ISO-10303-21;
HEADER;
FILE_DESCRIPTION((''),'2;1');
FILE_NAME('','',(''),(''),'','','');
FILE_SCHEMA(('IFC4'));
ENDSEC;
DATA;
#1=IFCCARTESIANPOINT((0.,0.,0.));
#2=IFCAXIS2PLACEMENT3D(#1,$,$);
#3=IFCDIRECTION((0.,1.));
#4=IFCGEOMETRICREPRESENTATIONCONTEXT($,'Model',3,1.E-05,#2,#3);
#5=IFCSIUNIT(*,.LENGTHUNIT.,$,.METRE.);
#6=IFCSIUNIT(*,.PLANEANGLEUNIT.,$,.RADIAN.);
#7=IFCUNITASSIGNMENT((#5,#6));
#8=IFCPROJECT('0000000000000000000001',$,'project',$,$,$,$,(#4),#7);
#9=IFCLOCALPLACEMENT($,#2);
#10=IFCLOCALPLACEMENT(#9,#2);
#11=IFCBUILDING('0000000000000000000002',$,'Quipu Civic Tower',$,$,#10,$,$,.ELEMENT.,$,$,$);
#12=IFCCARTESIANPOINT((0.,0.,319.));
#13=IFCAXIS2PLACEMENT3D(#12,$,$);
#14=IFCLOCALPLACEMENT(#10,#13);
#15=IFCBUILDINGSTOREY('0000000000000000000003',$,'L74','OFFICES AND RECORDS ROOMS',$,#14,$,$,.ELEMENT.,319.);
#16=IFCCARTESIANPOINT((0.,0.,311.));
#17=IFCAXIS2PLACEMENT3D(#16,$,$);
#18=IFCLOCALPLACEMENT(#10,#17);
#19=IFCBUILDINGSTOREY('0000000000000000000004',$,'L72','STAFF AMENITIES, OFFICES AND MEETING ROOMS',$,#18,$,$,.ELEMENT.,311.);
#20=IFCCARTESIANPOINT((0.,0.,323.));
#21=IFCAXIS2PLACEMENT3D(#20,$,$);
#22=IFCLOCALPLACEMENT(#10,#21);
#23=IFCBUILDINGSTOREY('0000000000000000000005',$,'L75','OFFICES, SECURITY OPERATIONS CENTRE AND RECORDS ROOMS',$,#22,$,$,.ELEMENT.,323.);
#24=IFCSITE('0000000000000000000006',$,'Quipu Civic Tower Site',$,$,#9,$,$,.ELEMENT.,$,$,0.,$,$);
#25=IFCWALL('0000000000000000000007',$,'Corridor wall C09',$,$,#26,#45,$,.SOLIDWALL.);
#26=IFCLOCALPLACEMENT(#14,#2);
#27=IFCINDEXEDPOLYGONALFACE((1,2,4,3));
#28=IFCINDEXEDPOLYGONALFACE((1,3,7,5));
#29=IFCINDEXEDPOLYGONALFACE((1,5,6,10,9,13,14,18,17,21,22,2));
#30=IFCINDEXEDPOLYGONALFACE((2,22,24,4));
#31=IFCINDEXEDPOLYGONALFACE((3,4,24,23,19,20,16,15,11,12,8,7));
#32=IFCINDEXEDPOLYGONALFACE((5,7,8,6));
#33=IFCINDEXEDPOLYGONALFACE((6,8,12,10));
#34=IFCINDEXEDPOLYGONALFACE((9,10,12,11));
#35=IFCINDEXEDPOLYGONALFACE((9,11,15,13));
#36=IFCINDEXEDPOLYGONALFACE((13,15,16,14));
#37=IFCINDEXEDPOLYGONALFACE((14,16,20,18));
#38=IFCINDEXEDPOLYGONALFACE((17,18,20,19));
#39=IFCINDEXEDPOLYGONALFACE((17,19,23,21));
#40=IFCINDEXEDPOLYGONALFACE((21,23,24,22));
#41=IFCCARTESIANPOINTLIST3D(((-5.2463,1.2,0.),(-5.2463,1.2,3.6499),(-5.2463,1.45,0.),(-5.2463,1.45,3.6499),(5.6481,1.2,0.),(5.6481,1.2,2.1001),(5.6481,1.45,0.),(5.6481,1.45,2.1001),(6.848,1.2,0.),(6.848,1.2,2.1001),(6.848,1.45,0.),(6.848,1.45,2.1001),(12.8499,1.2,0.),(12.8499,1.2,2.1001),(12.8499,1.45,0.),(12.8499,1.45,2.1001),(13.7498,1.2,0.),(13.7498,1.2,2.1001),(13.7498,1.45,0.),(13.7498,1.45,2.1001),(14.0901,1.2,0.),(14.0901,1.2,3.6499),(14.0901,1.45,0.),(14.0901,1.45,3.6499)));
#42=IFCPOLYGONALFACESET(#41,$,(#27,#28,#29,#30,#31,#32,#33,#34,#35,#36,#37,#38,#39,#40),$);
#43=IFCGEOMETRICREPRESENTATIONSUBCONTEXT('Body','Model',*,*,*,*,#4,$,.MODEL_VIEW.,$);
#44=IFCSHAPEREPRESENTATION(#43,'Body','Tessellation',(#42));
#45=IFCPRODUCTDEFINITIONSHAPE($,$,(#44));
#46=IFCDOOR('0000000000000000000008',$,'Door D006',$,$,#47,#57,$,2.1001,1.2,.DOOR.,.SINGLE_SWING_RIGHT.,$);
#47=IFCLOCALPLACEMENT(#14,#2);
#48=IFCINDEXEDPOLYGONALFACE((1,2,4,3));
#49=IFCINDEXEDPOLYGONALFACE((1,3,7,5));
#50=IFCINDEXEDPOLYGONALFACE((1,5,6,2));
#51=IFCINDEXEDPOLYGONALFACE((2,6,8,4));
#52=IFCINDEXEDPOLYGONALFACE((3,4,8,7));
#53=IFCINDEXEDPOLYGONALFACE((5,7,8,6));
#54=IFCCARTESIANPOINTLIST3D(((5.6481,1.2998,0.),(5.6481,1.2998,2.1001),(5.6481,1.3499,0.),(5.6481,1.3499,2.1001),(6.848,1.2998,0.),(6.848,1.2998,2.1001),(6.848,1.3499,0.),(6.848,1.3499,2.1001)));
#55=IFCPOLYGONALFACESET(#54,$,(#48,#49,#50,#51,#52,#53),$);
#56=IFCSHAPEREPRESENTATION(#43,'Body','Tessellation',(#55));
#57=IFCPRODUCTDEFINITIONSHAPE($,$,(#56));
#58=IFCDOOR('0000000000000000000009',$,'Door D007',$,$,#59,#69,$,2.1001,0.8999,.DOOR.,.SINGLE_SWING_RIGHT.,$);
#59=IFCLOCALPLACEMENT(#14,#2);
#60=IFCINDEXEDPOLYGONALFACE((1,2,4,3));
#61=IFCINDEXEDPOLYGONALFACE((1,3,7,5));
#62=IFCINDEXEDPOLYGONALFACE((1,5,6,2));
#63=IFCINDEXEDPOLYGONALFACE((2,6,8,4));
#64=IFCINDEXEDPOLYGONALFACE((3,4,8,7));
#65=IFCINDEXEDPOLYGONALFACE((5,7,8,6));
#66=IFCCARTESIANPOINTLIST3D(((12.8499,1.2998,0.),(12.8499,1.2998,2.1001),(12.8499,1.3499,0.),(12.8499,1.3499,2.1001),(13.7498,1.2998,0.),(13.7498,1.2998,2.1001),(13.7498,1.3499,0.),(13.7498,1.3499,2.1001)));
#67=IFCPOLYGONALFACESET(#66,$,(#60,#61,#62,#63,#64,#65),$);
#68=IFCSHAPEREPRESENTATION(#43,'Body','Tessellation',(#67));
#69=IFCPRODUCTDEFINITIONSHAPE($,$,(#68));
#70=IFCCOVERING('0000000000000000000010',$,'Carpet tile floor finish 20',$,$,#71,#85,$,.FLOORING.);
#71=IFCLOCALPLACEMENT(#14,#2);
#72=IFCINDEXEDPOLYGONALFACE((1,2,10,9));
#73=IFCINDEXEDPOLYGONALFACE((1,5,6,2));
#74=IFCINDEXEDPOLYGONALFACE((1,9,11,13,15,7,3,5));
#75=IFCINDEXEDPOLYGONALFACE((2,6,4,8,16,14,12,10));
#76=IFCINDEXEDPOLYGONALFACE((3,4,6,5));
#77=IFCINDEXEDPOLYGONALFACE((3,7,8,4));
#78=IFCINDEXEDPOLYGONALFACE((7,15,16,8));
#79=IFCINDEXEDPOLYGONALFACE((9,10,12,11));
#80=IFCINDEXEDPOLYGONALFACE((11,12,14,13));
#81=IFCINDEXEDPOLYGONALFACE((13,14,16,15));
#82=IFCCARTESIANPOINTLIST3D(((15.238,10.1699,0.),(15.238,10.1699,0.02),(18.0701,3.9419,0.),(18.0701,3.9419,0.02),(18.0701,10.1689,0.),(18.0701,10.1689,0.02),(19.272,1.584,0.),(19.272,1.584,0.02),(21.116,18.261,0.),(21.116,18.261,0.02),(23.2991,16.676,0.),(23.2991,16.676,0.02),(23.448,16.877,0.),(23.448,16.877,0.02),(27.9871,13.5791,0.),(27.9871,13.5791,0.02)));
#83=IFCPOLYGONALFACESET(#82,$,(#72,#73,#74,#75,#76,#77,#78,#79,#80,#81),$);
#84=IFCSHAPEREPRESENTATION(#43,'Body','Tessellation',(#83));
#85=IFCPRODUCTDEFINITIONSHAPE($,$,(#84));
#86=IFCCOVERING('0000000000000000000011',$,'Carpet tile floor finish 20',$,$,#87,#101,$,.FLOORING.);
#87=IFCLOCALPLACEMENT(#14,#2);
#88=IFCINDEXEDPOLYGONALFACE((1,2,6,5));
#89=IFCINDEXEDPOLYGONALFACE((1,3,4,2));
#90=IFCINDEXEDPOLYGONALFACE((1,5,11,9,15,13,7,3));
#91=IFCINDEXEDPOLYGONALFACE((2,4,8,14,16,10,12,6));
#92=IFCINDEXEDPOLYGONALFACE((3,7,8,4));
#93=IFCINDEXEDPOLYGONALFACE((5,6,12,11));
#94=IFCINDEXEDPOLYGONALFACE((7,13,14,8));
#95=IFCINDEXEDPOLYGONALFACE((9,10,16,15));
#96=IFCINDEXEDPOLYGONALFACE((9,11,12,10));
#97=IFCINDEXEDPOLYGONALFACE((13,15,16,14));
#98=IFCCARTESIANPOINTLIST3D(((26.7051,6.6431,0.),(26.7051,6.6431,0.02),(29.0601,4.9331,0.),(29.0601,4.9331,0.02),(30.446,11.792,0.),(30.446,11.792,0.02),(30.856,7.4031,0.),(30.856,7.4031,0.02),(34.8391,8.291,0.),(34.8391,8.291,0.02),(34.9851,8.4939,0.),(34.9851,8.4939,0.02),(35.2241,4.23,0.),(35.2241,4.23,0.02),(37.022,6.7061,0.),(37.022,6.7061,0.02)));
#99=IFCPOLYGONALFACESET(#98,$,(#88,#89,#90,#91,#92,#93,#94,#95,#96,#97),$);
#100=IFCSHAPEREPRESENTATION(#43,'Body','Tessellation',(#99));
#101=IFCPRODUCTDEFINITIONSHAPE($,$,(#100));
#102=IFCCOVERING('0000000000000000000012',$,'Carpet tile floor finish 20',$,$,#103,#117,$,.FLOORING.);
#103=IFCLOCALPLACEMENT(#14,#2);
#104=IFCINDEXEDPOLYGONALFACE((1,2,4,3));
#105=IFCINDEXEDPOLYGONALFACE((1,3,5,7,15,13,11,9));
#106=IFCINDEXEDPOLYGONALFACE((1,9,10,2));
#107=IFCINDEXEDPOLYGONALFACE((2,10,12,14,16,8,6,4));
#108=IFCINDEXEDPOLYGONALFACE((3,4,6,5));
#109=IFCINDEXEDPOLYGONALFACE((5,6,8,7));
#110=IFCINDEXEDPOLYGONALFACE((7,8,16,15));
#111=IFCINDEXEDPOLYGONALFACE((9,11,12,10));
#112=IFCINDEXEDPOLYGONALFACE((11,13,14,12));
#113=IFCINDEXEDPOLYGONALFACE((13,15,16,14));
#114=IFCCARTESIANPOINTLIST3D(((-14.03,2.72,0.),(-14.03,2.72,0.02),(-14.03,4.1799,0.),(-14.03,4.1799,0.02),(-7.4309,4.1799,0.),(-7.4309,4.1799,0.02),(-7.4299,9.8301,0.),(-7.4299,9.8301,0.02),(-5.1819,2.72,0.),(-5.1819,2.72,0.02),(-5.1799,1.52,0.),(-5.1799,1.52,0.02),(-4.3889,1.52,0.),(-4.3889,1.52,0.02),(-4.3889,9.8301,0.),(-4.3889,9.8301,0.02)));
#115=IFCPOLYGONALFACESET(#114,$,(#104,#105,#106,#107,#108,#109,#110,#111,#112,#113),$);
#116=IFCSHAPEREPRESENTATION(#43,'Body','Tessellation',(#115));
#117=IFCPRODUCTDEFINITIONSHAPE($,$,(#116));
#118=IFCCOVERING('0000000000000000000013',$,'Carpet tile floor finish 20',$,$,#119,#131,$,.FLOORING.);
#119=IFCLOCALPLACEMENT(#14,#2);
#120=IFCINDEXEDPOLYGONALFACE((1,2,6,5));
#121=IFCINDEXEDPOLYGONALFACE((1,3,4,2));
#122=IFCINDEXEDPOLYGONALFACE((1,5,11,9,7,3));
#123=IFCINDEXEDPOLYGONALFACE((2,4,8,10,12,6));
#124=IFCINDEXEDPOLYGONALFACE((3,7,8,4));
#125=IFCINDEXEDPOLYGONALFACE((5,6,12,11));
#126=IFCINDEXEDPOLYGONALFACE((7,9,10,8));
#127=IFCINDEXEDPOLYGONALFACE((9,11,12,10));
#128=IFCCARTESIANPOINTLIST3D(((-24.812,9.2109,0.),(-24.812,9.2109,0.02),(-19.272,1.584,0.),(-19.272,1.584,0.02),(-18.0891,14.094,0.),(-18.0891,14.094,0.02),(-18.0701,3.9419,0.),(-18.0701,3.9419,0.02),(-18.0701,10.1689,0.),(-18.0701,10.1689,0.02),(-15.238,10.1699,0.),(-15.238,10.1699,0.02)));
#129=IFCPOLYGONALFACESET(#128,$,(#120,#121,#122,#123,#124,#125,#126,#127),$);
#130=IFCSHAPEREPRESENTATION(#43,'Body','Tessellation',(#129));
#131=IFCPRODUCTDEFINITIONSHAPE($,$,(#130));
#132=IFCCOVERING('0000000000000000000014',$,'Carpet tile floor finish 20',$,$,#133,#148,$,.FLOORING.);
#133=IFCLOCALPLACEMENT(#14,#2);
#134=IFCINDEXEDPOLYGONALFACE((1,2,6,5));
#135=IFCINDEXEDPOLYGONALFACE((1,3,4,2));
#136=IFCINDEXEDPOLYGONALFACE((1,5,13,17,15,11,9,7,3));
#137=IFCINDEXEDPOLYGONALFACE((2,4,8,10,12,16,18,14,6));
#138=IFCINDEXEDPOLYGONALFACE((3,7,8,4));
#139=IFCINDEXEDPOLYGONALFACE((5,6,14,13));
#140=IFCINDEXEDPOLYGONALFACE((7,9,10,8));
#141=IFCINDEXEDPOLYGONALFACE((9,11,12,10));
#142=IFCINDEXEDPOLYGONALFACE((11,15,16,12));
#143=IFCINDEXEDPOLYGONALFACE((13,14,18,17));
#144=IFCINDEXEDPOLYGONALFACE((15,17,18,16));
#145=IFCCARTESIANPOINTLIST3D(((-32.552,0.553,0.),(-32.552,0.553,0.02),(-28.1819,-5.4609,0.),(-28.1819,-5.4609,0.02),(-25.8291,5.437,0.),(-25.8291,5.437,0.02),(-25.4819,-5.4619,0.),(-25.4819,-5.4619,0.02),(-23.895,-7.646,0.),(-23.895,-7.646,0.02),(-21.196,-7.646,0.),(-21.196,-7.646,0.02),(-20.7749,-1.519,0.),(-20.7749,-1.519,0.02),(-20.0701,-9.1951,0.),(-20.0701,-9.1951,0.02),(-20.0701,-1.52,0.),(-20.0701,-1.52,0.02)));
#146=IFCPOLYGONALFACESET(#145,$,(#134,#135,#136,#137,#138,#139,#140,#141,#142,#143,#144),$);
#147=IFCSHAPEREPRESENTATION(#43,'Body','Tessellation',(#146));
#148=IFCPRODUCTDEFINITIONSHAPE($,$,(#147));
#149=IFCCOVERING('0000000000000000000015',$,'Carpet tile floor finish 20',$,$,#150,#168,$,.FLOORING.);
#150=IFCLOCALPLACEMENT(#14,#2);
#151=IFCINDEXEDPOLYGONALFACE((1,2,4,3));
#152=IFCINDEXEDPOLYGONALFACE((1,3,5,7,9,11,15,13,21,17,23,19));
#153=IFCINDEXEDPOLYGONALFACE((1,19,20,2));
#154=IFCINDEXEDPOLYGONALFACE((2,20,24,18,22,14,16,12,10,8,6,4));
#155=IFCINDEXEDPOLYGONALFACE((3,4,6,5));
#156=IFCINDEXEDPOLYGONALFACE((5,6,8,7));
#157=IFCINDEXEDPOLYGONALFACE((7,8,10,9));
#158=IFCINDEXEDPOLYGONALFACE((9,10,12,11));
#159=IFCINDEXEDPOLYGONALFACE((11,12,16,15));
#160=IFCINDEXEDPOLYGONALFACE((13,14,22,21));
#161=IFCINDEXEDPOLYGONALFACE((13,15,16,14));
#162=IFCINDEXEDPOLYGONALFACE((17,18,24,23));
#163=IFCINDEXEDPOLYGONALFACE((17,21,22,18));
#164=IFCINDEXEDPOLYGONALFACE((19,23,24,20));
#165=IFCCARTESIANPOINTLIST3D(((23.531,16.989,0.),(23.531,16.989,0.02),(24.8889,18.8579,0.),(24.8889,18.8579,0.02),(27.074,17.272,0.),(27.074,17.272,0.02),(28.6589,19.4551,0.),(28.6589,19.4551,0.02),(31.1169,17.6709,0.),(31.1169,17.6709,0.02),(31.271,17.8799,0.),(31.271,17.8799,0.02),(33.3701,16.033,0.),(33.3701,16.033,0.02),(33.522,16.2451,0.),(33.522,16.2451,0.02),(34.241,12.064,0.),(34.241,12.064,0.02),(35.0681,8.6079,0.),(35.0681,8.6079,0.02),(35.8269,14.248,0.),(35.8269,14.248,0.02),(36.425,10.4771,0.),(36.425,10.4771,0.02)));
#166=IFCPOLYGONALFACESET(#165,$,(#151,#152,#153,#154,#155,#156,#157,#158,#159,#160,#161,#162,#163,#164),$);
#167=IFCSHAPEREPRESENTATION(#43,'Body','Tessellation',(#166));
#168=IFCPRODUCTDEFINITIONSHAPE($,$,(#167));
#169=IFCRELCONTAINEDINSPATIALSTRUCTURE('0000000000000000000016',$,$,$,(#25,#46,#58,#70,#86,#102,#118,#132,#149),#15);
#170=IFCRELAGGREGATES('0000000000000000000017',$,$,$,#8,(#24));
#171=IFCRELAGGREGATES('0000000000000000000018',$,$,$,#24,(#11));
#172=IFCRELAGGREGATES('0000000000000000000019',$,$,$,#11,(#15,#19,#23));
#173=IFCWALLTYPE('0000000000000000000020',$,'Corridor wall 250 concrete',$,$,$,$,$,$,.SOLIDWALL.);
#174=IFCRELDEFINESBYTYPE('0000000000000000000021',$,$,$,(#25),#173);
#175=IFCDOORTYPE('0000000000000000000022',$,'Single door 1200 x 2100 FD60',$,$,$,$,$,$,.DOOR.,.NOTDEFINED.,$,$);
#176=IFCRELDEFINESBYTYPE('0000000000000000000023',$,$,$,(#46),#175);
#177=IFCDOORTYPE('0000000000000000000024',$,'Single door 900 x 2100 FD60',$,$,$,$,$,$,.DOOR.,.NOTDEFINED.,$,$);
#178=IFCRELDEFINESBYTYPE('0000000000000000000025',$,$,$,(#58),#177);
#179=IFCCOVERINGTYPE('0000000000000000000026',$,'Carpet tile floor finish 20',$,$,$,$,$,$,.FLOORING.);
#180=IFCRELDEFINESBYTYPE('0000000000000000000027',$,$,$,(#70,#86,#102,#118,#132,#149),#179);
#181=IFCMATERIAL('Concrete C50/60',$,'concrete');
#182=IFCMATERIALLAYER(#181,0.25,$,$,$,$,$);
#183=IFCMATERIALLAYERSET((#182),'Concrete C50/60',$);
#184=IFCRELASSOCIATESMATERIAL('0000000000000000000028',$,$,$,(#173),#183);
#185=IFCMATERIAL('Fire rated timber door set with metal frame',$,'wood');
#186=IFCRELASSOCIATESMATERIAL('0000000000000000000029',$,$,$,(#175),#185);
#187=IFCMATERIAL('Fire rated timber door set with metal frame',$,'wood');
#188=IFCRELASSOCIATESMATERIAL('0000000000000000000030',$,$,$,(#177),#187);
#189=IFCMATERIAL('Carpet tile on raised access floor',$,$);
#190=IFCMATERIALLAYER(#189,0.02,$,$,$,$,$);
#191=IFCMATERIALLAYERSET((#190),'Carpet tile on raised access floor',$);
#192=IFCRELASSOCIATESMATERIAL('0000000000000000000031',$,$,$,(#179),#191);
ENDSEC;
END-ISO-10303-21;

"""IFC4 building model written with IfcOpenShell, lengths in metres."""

from ifc_helpers import new_model, si_unit, direction, frame, frame_2d, origin, place, context, subcontext, project, spatial, polyline, rectangle, outline, extrude, material, layer, layer_set, type_object, element, fill, save


model = new_model("IFC4")

# Units and contexts
model_context = context("Model", 3, precision=1e-05, world=origin(), true_north=direction((0.0, 1.0)))
body_context = subcontext(model_context, "Body", "Model", "MODEL_VIEW")
ifc_project = project(units=[si_unit("LENGTHUNIT", "METRE"), si_unit("PLANEANGLEUNIT", "RADIAN")], contexts=[model_context])

# Site, building, storey
site_placement = place(None, origin())
site = spatial("IfcSite", under=ifc_project, at=site_placement, Name="Quipu Civic Tower Site", CompositionType="ELEMENT", RefElevation=0.0)
building_placement = place(site_placement, origin())
building = spatial("IfcBuilding", under=site, at=building_placement, Name="Quipu Civic Tower", CompositionType="ELEMENT")
storey_1_placement = place(building_placement, frame((0.0, 0.0, 319.0)))
storey_1 = spatial("IfcBuildingStorey", under=building, at=storey_1_placement, Name="L74", Description="OFFICES AND RECORDS ROOMS", CompositionType="ELEMENT", Elevation=319.0)

# Shared definitions
storey_2_placement = place(building_placement, frame((0.0, 0.0, 311.0)))
storey_2 = spatial("IfcBuildingStorey", under=building, at=storey_2_placement, Name="L72", Description="STAFF AMENITIES, OFFICES AND MEETING ROOMS", CompositionType="ELEMENT", Elevation=311.0)

# Shared definitions
storey_3_placement = place(building_placement, frame((0.0, 0.0, 323.0)))
storey_3 = spatial("IfcBuildingStorey", under=building, at=storey_3_placement, Name="L75", Description="OFFICES, SECURITY OPERATIONS CENTRE AND RECORDS ROOMS", CompositionType="ELEMENT", Elevation=323.0)

# Shared definitions
ifc_material_1 = material(Name="Concrete C50/60", Category="concrete")
ifc_layer_1 = layer(ifc_material_1, 0.25)
ifc_layer_set_1 = layer_set([ifc_layer_1], Name="Concrete C50/60")
wall_type_1 = type_object("IfcWallType", Name="Corridor wall 250 concrete", PredefinedType="SOLIDWALL", material=ifc_layer_set_1)

# Wall, openings, doors
wall_1_placement = place(storey_1_placement, frame((-5.2463, 1.325, 0.0), z_axis=(0.0, 0.0, 1.0), x_axis=(1.0, 0.0, 0.0)))
wall_1 = element("IfcWall", 1, at=wall_1_placement, inside=storey_1, type_object=wall_type_1, Name="Corridor wall C09", PredefinedType="SOLIDWALL", context=body_context, shape_type="SweptSolid", body=[
    extrude(rectangle(XDim=19.3364, YDim=0.25, at=frame_2d((9.6682, 0.0))), origin(), (0.0, 0.0, 1.0), 3.6499),
])
opening_1_placement = place(wall_1_placement, frame((10.8943, 0.0, 0.0)))
opening_1 = element("IfcOpeningElement", 2, at=opening_1_placement, cuts=wall_1, PredefinedType="OPENING", context=body_context, shape_type="SweptSolid", body=[
    extrude(rectangle(XDim=1.2, YDim=2.1001, at=frame_2d((0.6001, 1.05))), frame((0.0, 0.135, 0.0), z_axis=(0.0, -1.0, 0.0), x_axis=(1.0, 0.0, 0.0)), (0.0, 0.0, 1.0), 0.27),
])
opening_2_placement = place(wall_1_placement, frame((18.0962, 0.0, 0.0)))
opening_2 = element("IfcOpeningElement", 3, at=opening_2_placement, cuts=wall_1, PredefinedType="OPENING", context=body_context, shape_type="SweptSolid", body=[
    extrude(rectangle(XDim=0.8999, YDim=2.1001, at=frame_2d((0.45, 1.05))), frame((0.0, 0.135, 0.0), z_axis=(0.0, -1.0, 0.0), x_axis=(1.0, 0.0, 0.0)), (0.0, 0.0, 1.0), 0.27),
])
ifc_material_2 = material(Name="Fire rated timber door set with metal frame", Category="wood")
door_type_1 = type_object("IfcDoorType", Name="Single door 1200 x 2100 FD60", OperationType="NOTDEFINED", PredefinedType="DOOR", material=ifc_material_2)
door_1_placement = place(opening_1_placement, origin())
door_1 = element("IfcDoor", 4, at=door_1_placement, inside=storey_1, type_object=door_type_1, Name="Door D006", OperationType="SINGLE_SWING_RIGHT", OverallHeight=2.1001, OverallWidth=1.2, PredefinedType="DOOR", context=body_context, shape_type="SweptSolid", body=[
    extrude(rectangle(XDim=1.2, YDim=2.1001, at=frame_2d((0.6001, 1.05))), frame((0.0, 0.0249, 0.0), z_axis=(0.0, -1.0, 0.0), x_axis=(1.0, 0.0, 0.0)), (0.0, 0.0, 1.0), 0.05),
])
fill(opening_1, door_1)
ifc_material_3 = material(Name="Fire rated timber door set with metal frame", Category="wood")
door_type_2 = type_object("IfcDoorType", Name="Single door 900 x 2100 FD60", OperationType="NOTDEFINED", PredefinedType="DOOR", material=ifc_material_3)
door_2_placement = place(opening_2_placement, origin())
door_2 = element("IfcDoor", 5, at=door_2_placement, inside=storey_1, type_object=door_type_2, Name="Door D007", OperationType="SINGLE_SWING_RIGHT", OverallHeight=2.1001, OverallWidth=0.8999, PredefinedType="DOOR", context=body_context, shape_type="SweptSolid", body=[
    extrude(rectangle(XDim=0.8999, YDim=2.1001, at=frame_2d((0.45, 1.05))), frame((0.0, 0.0249, 0.0), z_axis=(0.0, -1.0, 0.0), x_axis=(1.0, 0.0, 0.0)), (0.0, 0.0, 1.0), 0.05),
])
fill(opening_2, door_2)

# Coverings
ifc_material_4 = material(Name="Carpet tile on raised access floor")
ifc_layer_2 = layer(ifc_material_4, 0.02)
ifc_layer_set_2 = layer_set([ifc_layer_2], Name="Carpet tile on raised access floor")
covering_type_1 = type_object("IfcCoveringType", Name="Carpet tile floor finish 20", PredefinedType="FLOORING", material=ifc_layer_set_2)
covering_1_placement = place(storey_1_placement, origin())
element("IfcCovering", 6, at=covering_1_placement, inside=storey_1, type_object=covering_type_1, Name="Carpet tile floor finish 20", PredefinedType="FLOORING", context=body_context, shape_type="SweptSolid", body=[
    extrude(outline(polyline([(15.238, 10.1699), (21.116, 18.261), (23.2991, 16.676), (23.448, 16.877), (27.9871, 13.5791), (19.272, 1.584), (18.0701, 3.9419), (18.0701, 10.1689), (15.238, 10.1699)])), origin(), (0.0, 0.0, 1.0), 0.02),
])
covering_2_placement = place(storey_1_placement, origin())
element("IfcCovering", 7, at=covering_2_placement, inside=storey_1, type_object=covering_type_1, Name="Carpet tile floor finish 20", PredefinedType="FLOORING", context=body_context, shape_type="SweptSolid", body=[
    extrude(outline(polyline([(26.7051, 6.6431), (30.446, 11.792), (34.9851, 8.4939), (34.8391, 8.291), (37.022, 6.7061), (35.2241, 4.23), (30.856, 7.4031), (29.0601, 4.9331), (26.7051, 6.6431)])), origin(), (0.0, 0.0, 1.0), 0.02),
])
covering_3_placement = place(storey_1_placement, origin())
element("IfcCovering", 8, at=covering_3_placement, inside=storey_1, type_object=covering_type_1, Name="Carpet tile floor finish 20", PredefinedType="FLOORING", context=body_context, shape_type="SweptSolid", body=[
    extrude(outline(polyline([(-14.03, 2.72), (-14.03, 4.1799), (-7.4309, 4.1799), (-7.4299, 9.8301), (-4.3889, 9.8301), (-4.3889, 1.52), (-5.1799, 1.52), (-5.1819, 2.72), (-14.03, 2.72)])), origin(), (0.0, 0.0, 1.0), 0.02),
])
covering_4_placement = place(storey_1_placement, origin())
element("IfcCovering", 9, at=covering_4_placement, inside=storey_1, type_object=covering_type_1, Name="Carpet tile floor finish 20", PredefinedType="FLOORING", context=body_context, shape_type="SweptSolid", body=[
    extrude(outline(polyline([(-24.812, 9.2109), (-18.0891, 14.094), (-15.238, 10.1699), (-18.0701, 10.1689), (-18.0701, 3.9419), (-19.272, 1.584), (-24.812, 9.2109)])), origin(), (0.0, 0.0, 1.0), 0.02),
])
covering_5_placement = place(storey_1_placement, origin())
element("IfcCovering", 10, at=covering_5_placement, inside=storey_1, type_object=covering_type_1, Name="Carpet tile floor finish 20", PredefinedType="FLOORING", context=body_context, shape_type="SweptSolid", body=[
    extrude(outline(polyline([(-32.552, 0.553), (-25.8291, 5.437), (-20.7749, -1.519), (-20.0701, -1.52), (-20.0701, -9.1951), (-21.196, -7.646), (-23.895, -7.646), (-25.4819, -5.4619), (-28.1819, -5.4609), (-32.552, 0.553)])), origin(), (0.0, 0.0, 1.0), 0.02),
])
covering_6_placement = place(storey_1_placement, origin())
element("IfcCovering", 11, at=covering_6_placement, inside=storey_1, type_object=covering_type_1, Name="Carpet tile floor finish 20", PredefinedType="FLOORING", context=body_context, shape_type="SweptSolid", body=[
    extrude(outline(polyline([(23.531, 16.989), (24.8889, 18.8579), (27.074, 17.272), (28.6589, 19.4551), (31.1169, 17.6709), (31.271, 17.8799), (33.522, 16.2451), (33.3701, 16.033), (35.8269, 14.248), (34.241, 12.064), (36.425, 10.4771), (35.0681, 8.6079), (23.531, 16.989)])), origin(), (0.0, 0.0, 1.0), 0.02),
])

save(model, "model.ifc")
